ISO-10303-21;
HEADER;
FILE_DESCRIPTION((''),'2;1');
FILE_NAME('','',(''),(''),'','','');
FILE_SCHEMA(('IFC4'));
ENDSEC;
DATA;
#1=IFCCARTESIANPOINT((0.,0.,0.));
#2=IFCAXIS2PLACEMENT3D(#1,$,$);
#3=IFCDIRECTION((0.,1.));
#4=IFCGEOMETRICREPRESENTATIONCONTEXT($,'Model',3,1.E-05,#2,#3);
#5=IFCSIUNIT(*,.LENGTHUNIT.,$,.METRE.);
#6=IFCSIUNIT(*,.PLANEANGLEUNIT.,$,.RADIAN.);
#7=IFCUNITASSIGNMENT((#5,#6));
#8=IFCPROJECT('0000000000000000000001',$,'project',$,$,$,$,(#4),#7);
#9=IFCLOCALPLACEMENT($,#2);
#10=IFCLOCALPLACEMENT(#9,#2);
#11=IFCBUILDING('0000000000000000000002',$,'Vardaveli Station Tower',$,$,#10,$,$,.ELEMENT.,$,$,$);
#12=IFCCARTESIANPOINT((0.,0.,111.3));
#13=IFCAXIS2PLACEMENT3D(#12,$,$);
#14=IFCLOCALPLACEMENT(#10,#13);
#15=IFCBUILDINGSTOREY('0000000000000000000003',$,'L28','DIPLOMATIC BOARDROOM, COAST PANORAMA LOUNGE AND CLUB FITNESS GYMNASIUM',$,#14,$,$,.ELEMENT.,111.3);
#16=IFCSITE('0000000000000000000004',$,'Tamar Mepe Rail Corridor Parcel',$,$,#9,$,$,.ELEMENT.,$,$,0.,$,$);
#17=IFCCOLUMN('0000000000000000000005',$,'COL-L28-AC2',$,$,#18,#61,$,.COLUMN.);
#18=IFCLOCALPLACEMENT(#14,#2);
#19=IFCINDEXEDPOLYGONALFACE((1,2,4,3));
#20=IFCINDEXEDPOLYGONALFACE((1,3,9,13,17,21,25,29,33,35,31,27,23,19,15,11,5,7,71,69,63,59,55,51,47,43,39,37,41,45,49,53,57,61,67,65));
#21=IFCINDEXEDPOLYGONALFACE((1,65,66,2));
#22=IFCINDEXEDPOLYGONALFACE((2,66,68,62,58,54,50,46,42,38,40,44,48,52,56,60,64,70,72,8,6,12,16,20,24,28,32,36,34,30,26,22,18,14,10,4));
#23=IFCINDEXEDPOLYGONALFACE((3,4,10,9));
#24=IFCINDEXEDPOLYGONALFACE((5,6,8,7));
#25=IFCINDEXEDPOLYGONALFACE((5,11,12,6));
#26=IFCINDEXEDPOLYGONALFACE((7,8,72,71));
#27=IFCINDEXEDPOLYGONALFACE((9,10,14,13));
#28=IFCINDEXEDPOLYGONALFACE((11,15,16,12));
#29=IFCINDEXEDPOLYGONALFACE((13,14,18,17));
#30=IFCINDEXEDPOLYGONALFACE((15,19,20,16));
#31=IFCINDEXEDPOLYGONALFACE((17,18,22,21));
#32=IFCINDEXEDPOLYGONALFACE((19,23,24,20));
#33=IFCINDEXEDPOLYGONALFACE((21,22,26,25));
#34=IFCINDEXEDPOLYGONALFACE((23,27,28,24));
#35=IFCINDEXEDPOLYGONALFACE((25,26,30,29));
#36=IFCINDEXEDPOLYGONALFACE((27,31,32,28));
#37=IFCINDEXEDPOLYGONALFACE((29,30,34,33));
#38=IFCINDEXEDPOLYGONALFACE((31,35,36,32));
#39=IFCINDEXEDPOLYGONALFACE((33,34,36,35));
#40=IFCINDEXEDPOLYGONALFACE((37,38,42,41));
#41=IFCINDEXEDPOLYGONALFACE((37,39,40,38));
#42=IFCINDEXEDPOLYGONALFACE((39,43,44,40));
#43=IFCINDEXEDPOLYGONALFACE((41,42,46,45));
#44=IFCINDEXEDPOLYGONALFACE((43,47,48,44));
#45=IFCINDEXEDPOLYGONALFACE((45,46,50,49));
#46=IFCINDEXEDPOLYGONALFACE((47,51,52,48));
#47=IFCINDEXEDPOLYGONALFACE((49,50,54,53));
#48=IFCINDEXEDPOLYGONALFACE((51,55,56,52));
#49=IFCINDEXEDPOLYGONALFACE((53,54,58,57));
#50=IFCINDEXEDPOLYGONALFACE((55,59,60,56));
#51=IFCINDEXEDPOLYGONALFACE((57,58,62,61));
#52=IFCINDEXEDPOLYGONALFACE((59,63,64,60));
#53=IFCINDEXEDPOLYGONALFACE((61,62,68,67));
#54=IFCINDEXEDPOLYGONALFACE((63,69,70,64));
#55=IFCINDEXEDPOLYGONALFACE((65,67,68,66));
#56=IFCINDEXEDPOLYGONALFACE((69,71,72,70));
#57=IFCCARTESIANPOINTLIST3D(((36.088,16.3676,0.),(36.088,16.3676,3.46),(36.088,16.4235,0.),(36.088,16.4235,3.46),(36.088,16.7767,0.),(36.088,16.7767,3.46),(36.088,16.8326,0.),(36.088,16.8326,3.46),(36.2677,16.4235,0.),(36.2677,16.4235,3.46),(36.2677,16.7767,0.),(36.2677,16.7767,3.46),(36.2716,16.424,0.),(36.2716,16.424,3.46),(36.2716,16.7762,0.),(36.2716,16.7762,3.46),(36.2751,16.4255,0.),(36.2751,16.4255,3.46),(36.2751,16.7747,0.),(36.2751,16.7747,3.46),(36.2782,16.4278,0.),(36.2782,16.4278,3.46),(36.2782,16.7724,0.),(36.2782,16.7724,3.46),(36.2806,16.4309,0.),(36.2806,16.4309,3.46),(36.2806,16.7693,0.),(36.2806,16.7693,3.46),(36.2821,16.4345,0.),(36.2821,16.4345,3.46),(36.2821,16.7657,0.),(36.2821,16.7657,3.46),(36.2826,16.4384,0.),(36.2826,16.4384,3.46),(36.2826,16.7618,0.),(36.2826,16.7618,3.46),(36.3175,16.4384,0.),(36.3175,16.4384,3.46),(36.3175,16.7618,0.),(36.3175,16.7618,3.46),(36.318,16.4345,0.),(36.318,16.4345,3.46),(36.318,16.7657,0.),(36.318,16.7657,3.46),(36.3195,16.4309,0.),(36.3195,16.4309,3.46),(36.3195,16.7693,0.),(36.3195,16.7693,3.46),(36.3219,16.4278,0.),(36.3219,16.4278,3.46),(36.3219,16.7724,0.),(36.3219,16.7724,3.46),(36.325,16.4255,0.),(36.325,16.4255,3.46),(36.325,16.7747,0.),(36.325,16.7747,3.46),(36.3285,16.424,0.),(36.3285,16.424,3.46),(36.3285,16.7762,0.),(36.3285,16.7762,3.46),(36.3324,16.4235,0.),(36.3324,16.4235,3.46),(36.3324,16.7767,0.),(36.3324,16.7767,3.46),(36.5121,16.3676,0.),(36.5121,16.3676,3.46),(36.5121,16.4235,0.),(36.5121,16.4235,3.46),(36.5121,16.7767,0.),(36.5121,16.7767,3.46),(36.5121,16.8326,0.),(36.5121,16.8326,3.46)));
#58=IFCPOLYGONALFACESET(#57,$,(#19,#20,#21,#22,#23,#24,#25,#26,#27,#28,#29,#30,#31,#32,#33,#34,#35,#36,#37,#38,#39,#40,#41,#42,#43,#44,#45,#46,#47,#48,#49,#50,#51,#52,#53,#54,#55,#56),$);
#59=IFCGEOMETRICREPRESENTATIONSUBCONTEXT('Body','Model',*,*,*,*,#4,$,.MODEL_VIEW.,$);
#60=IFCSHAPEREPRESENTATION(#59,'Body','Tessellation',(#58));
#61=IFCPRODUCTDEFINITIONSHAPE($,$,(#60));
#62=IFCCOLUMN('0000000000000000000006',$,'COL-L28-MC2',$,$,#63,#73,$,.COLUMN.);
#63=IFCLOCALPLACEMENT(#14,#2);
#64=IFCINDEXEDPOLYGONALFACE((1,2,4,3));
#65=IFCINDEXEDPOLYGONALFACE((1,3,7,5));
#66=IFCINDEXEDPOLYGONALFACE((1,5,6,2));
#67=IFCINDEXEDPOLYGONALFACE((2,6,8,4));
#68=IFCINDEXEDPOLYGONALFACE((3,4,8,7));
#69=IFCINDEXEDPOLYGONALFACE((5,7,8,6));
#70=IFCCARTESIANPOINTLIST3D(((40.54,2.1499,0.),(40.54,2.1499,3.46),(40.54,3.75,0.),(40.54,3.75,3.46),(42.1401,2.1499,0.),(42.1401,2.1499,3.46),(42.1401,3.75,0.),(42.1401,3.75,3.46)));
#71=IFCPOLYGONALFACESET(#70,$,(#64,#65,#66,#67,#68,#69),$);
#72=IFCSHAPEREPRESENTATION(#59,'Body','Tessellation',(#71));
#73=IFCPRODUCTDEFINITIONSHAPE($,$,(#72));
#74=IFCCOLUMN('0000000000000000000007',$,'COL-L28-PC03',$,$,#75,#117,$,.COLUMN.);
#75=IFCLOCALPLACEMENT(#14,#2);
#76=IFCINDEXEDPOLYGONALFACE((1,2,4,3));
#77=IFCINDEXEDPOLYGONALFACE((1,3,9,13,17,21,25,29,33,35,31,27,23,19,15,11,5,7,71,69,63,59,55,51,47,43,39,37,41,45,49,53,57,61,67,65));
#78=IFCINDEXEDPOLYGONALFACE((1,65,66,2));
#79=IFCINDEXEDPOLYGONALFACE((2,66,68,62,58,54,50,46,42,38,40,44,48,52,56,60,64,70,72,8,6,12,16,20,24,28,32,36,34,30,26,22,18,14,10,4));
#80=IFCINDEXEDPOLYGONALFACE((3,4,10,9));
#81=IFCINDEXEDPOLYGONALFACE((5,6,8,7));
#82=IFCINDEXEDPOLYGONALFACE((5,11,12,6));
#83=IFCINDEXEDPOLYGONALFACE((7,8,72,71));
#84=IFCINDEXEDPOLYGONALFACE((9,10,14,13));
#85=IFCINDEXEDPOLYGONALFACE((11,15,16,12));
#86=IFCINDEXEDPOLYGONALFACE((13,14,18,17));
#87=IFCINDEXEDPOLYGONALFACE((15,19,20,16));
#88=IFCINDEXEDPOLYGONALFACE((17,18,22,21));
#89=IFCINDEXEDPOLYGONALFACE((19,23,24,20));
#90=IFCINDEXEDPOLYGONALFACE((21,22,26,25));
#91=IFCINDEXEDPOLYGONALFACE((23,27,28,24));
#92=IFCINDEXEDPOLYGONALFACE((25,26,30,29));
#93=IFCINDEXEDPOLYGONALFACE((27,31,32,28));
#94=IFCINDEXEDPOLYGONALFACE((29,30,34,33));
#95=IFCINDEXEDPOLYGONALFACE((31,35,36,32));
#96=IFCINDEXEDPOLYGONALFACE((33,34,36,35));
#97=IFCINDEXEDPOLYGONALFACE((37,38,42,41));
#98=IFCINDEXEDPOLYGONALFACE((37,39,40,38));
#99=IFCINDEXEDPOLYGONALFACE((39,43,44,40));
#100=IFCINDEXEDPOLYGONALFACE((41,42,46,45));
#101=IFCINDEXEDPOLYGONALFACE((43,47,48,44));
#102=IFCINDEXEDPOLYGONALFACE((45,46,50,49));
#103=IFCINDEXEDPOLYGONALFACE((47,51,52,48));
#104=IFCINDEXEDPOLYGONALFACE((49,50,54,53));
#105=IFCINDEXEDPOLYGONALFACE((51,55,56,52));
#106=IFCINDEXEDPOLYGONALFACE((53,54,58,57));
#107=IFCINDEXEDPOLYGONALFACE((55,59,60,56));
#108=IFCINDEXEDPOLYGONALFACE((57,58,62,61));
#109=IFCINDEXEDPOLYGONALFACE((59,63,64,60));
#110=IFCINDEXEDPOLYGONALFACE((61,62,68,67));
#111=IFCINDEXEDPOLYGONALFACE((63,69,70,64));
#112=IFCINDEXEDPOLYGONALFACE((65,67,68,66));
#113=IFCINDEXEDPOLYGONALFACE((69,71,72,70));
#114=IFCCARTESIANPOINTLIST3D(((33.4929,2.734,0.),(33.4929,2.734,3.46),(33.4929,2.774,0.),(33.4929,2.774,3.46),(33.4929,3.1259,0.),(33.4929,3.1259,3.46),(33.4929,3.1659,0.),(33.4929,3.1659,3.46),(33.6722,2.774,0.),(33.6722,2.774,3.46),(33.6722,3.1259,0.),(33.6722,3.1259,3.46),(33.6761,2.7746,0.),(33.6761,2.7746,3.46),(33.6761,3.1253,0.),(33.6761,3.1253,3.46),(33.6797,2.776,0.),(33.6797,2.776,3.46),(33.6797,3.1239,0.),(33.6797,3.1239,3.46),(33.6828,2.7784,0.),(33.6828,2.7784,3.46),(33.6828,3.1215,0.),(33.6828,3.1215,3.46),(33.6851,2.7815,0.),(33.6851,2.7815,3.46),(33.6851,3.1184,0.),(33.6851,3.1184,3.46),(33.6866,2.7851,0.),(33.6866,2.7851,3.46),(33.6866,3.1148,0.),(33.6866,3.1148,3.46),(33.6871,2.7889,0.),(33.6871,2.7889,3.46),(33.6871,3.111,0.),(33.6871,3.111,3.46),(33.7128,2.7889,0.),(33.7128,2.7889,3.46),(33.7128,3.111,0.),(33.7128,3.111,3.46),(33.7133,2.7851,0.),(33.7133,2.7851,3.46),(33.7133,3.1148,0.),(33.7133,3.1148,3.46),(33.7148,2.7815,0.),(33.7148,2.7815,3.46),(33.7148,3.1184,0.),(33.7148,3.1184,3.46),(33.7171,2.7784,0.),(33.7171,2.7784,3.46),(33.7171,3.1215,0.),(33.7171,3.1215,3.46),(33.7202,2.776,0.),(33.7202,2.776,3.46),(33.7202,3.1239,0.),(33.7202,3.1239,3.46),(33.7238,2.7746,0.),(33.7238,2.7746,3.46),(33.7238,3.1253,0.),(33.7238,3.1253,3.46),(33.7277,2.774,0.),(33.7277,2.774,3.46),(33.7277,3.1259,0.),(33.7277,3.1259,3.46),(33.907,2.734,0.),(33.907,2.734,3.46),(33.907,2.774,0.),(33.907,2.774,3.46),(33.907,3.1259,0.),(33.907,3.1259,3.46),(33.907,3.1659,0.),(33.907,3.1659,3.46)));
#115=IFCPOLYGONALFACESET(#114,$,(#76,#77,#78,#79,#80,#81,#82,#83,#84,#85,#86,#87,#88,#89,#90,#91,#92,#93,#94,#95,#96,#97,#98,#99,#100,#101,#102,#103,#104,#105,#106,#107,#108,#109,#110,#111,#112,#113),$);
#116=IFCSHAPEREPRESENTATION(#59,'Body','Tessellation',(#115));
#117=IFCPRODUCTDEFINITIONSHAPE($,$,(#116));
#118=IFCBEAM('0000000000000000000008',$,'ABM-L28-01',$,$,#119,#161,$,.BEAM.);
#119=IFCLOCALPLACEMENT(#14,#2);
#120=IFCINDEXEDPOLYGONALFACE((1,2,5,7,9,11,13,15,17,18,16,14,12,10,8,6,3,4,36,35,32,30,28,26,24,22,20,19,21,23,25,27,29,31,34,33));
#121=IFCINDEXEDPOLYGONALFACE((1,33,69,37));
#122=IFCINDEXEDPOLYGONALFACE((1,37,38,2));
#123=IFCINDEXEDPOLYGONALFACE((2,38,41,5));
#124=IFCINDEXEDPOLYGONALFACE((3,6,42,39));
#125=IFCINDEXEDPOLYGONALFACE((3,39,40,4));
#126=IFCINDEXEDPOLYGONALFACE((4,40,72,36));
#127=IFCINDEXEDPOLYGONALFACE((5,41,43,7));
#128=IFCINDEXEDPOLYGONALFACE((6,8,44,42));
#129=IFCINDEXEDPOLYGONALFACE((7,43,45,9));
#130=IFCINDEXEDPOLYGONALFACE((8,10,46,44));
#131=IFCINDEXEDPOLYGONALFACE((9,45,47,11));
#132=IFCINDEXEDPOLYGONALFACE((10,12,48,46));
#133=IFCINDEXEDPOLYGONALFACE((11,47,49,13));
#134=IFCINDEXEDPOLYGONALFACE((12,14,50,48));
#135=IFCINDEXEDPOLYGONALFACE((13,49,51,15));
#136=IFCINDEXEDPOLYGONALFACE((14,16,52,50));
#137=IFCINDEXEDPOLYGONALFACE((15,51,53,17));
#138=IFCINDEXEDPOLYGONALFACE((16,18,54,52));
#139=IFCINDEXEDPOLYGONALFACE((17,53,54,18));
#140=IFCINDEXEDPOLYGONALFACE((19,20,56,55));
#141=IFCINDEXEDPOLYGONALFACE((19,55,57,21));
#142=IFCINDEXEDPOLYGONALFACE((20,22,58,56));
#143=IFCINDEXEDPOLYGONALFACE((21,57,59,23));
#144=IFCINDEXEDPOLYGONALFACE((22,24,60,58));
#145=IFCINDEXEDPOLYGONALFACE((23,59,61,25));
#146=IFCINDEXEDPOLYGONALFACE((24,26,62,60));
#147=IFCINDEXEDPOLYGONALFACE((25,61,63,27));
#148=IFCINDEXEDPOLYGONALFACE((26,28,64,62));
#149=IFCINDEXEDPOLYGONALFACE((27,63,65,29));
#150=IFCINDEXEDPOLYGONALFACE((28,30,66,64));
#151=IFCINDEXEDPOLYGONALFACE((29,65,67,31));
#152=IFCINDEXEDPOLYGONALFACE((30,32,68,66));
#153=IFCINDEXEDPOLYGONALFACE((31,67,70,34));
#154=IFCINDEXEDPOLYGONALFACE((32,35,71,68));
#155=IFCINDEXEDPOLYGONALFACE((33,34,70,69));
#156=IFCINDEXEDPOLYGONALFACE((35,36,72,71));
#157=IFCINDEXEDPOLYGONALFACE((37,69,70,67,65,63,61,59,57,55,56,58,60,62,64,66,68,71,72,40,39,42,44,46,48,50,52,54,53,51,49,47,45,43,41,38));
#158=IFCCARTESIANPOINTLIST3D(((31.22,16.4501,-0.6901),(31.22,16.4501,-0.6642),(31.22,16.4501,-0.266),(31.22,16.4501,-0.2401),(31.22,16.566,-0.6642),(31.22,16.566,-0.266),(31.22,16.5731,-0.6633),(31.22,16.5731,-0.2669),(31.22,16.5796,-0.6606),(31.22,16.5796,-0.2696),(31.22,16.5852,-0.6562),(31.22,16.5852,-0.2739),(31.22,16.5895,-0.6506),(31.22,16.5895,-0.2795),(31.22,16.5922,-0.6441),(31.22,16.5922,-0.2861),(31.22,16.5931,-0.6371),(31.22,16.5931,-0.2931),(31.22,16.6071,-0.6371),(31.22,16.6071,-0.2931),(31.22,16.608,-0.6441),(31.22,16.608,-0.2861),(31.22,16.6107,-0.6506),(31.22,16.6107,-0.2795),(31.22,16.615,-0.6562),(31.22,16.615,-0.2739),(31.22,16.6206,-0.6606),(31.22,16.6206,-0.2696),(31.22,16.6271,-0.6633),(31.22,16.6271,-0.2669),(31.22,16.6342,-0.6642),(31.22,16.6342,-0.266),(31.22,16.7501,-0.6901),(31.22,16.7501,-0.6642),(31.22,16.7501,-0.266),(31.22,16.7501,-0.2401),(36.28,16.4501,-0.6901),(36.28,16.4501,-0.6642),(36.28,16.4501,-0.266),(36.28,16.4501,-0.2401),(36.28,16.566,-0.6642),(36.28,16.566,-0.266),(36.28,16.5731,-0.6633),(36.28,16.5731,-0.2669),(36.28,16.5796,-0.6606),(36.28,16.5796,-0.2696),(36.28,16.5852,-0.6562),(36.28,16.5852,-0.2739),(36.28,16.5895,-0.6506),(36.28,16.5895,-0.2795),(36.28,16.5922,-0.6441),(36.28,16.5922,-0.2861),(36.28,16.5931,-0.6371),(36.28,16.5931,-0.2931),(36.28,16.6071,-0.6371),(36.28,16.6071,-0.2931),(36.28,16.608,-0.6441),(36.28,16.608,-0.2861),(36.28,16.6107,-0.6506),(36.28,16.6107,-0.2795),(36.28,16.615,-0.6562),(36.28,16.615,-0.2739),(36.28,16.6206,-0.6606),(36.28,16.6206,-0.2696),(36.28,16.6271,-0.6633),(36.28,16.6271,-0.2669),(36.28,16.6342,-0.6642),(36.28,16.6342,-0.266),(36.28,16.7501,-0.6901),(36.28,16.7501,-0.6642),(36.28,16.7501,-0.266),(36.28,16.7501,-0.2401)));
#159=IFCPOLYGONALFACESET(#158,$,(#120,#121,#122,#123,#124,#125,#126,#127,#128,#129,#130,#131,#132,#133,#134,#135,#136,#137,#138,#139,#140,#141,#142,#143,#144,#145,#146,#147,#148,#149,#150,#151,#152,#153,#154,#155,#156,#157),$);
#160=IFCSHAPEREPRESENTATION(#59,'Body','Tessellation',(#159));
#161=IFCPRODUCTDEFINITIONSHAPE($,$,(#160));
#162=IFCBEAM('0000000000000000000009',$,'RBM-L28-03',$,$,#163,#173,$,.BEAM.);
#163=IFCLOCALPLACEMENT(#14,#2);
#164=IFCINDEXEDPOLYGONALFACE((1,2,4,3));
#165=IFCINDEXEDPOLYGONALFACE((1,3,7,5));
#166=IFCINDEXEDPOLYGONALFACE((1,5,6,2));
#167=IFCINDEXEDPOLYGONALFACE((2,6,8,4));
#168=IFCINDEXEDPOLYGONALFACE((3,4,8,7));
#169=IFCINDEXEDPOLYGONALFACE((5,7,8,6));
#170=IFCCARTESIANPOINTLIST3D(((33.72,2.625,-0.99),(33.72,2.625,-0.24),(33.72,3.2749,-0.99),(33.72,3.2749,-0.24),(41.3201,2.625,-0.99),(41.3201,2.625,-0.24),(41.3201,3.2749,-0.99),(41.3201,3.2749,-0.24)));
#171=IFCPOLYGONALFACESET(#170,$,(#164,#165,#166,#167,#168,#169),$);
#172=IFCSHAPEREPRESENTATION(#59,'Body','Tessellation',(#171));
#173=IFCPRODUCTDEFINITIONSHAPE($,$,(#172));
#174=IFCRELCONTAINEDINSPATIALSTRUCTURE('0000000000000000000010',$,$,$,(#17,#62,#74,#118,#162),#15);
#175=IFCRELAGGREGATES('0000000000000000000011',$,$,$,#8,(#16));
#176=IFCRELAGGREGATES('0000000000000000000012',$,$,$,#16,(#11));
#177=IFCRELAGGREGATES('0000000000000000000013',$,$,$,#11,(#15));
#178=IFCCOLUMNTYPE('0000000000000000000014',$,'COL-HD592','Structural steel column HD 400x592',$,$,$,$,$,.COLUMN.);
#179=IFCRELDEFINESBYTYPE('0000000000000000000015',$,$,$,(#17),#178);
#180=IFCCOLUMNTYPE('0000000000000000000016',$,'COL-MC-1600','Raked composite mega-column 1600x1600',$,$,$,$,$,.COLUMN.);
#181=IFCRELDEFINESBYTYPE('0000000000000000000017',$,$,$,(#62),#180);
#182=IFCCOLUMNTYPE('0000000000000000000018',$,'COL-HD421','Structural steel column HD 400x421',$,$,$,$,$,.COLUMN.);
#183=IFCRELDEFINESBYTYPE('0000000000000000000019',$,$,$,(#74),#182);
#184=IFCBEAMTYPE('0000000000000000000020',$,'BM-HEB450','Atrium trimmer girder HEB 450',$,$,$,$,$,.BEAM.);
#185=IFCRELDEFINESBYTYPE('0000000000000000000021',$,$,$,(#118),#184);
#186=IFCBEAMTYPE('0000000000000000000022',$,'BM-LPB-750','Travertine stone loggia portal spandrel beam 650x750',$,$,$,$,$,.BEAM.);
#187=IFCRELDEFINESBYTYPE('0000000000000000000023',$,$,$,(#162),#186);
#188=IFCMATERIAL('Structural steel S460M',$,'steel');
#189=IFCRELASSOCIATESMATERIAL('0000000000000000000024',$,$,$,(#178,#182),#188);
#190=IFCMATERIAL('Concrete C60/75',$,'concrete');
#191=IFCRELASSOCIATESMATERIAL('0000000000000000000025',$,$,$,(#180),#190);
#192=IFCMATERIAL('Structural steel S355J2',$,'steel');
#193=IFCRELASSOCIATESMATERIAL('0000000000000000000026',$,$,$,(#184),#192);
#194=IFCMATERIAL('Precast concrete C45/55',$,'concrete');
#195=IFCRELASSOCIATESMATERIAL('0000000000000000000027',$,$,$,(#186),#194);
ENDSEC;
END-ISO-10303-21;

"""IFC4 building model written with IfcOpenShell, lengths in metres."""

from ifc_helpers import new_model, si_unit, direction, frame, origin, origin_2d, place, context, subcontext, project, spatial, rectangle, i_section, extrude, source, transform, mapped, material, material_profile, profile_set, type_object, element, save


model = new_model("IFC4")

# Units and contexts
model_context = context("Model", 3, precision=1e-05, world=origin(), true_north=direction((0.0, 1.0)))
body_context = subcontext(model_context, "Body", "Model", "MODEL_VIEW")
ifc_project = project(units=[si_unit("LENGTHUNIT", "METRE"), si_unit("PLANEANGLEUNIT", "RADIAN")], contexts=[model_context])

# Site, building, storey
site_placement = place(None, origin())
site = spatial("IfcSite", under=ifc_project, at=site_placement, Name="Tamar Mepe Rail Corridor Parcel", CompositionType="ELEMENT", RefElevation=0.0)
building_placement = place(site_placement, origin())
building = spatial("IfcBuilding", under=site, at=building_placement, Name="Vardaveli Station Tower", CompositionType="ELEMENT")
storey_placement = place(building_placement, frame((0.0, 0.0, 111.3)))
storey = spatial("IfcBuildingStorey", under=building, at=storey_placement, Name="L28", Description="DIPLOMATIC BOARDROOM, COAST PANORAMA LOUNGE AND CLUB FITNESS GYMNASIUM", CompositionType="ELEMENT", Elevation=111.3)

# Columns
ifc_material_1 = material(Name="Structural steel S460M", Category="steel")
ifc_material_profile_1 = material_profile(ifc_material_1, i_section(OverallWidth=0.4241, OverallDepth=0.4651, WebThickness=0.0349, FlangeThickness=0.0559, FilletRadius=0.0149, at=origin_2d()), Name="HD 400x592")
ifc_profile_set_1 = profile_set([ifc_material_profile_1], Name="Structural steel S460M")
column_type_1 = type_object("IfcColumnType", Name="COL-HD592", Description="Structural steel column HD 400x592", PredefinedType="COLUMN", material=ifc_profile_set_1)
shared_shape_1 = source(origin(), body_context, "Body", "SweptSolid", [
    extrude(i_section(OverallWidth=0.4241, OverallDepth=0.4651, WebThickness=0.0349, FlangeThickness=0.0559, FilletRadius=0.0149, at=origin_2d()), origin(), (0.0, 0.0, 1.0), 3.46),
])
column_1_placement = place(storey_placement, frame((36.3, 16.6001, 0.0), z_axis=(0.0, 0.0, 1.0), x_axis=(1.0, 0.0, 0.0)))
element("IfcColumn", 1, at=column_1_placement, inside=storey, type_object=column_type_1, Name="COL-L28-AC2", PredefinedType="COLUMN", context=body_context, shape_type="MappedRepresentation", body=[
    mapped(shared_shape_1, transform((0.0, 0.0, 0.0), scale=1.0)),
])
ifc_material_2 = material(Name="Concrete C60/75", Category="concrete")
ifc_material_profile_2 = material_profile(ifc_material_2, rectangle(XDim=1.6001, YDim=1.6001, at=origin_2d()), Name="MC 1600x1600")
ifc_profile_set_2 = profile_set([ifc_material_profile_2], Name="Concrete C60/75")
column_type_2 = type_object("IfcColumnType", Name="COL-MC-1600", Description="Raked composite mega-column 1600x1600", PredefinedType="COLUMN", material=ifc_profile_set_2)
shared_shape_2 = source(origin(), body_context, "Body", "SweptSolid", [
    extrude(rectangle(XDim=1.6001, YDim=1.6001, at=origin_2d()), origin(), (0.0, 0.0, 1.0), 3.46),
])
column_2_placement = place(storey_placement, frame((41.3401, 2.95, 0.0), z_axis=(0.0, 0.0, 1.0), x_axis=(1.0, 0.0, 0.0)))
element("IfcColumn", 2, at=column_2_placement, inside=storey, type_object=column_type_2, Name="COL-L28-MC2", PredefinedType="COLUMN", context=body_context, shape_type="MappedRepresentation", body=[
    mapped(shared_shape_2, transform((0.0, 0.0, 0.0), scale=1.0)),
])
ifc_material_profile_3 = material_profile(ifc_material_1, i_section(OverallWidth=0.4141, OverallDepth=0.4319, WebThickness=0.0256, FlangeThickness=0.04, FilletRadius=0.0149, at=origin_2d()), Name="HD 400x421")
ifc_profile_set_3 = profile_set([ifc_material_profile_3], Name="Structural steel S460M")
column_type_3 = type_object("IfcColumnType", Name="COL-HD421", Description="Structural steel column HD 400x421", PredefinedType="COLUMN", material=ifc_profile_set_3)
shared_shape_3 = source(origin(), body_context, "Body", "SweptSolid", [
    extrude(i_section(OverallWidth=0.4141, OverallDepth=0.4319, WebThickness=0.0256, FlangeThickness=0.04, FilletRadius=0.0149, at=origin_2d()), origin(), (0.0, 0.0, 1.0), 3.46),
])
column_3_placement = place(storey_placement, frame((33.7, 2.95, 0.0), z_axis=(0.0, 0.0, 1.0), x_axis=(1.0, 0.0, 0.0)))
element("IfcColumn", 3, at=column_3_placement, inside=storey, type_object=column_type_3, Name="COL-L28-PC03", PredefinedType="COLUMN", context=body_context, shape_type="MappedRepresentation", body=[
    mapped(shared_shape_3, transform((0.0, 0.0, 0.0), scale=1.0)),
])

# Beams
ifc_material_3 = material(Name="Structural steel S355J2", Category="steel")
ifc_material_profile_4 = material_profile(ifc_material_3, i_section(OverallWidth=0.3, OverallDepth=0.45, WebThickness=0.0139, FlangeThickness=0.0259, FilletRadius=0.0271, at=origin_2d()), Name="HEB 450")
ifc_profile_set_4 = profile_set([ifc_material_profile_4], Name="Structural steel S355J2")
beam_type_1 = type_object("IfcBeamType", Name="BM-HEB450", Description="Atrium trimmer girder HEB 450", PredefinedType="BEAM", material=ifc_profile_set_4)
shared_shape_4 = source(origin(), body_context, "Body", "SweptSolid", [
    extrude(i_section(OverallWidth=0.3, OverallDepth=0.45, WebThickness=0.0139, FlangeThickness=0.0259, FilletRadius=0.0271, at=origin_2d()), origin(), (0.0, 0.0, 1.0), 5.0601),
])
beam_1_placement = place(storey_placement, frame((31.22, 16.6001, -0.4651), z_axis=(1.0, 0.0, 0.0), x_axis=(0.0, 1.0, 0.0)))
element("IfcBeam", 4, at=beam_1_placement, inside=storey, type_object=beam_type_1, Name="ABM-L28-01", PredefinedType="BEAM", context=body_context, shape_type="MappedRepresentation", body=[
    mapped(shared_shape_4, transform((0.0, 0.0, 0.0), scale=1.0)),
])
ifc_material_4 = material(Name="Precast concrete C45/55", Category="concrete")
ifc_material_profile_5 = material_profile(ifc_material_4, rectangle(XDim=0.6499, YDim=0.75, at=origin_2d()), Name="LPB 650x750")
ifc_profile_set_5 = profile_set([ifc_material_profile_5], Name="Precast concrete C45/55")
beam_type_2 = type_object("IfcBeamType", Name="BM-LPB-750", Description="Travertine stone loggia portal spandrel beam 650x750", PredefinedType="BEAM", material=ifc_profile_set_5)
shared_shape_5 = source(origin(), body_context, "Body", "SweptSolid", [
    extrude(rectangle(XDim=0.6499, YDim=0.75, at=origin_2d()), origin(), (0.0, 0.0, 1.0), 7.6001),
])
beam_2_placement = place(storey_placement, frame((33.72, 2.95, -0.615), z_axis=(1.0, 0.0, 0.0), x_axis=(0.0, 1.0, 0.0)))
element("IfcBeam", 5, at=beam_2_placement, inside=storey, type_object=beam_type_2, Name="RBM-L28-03", PredefinedType="BEAM", context=body_context, shape_type="MappedRepresentation", body=[
    mapped(shared_shape_5, transform((0.0, 0.0, 0.0), scale=1.0)),
])

save(model, "model.ifc")
